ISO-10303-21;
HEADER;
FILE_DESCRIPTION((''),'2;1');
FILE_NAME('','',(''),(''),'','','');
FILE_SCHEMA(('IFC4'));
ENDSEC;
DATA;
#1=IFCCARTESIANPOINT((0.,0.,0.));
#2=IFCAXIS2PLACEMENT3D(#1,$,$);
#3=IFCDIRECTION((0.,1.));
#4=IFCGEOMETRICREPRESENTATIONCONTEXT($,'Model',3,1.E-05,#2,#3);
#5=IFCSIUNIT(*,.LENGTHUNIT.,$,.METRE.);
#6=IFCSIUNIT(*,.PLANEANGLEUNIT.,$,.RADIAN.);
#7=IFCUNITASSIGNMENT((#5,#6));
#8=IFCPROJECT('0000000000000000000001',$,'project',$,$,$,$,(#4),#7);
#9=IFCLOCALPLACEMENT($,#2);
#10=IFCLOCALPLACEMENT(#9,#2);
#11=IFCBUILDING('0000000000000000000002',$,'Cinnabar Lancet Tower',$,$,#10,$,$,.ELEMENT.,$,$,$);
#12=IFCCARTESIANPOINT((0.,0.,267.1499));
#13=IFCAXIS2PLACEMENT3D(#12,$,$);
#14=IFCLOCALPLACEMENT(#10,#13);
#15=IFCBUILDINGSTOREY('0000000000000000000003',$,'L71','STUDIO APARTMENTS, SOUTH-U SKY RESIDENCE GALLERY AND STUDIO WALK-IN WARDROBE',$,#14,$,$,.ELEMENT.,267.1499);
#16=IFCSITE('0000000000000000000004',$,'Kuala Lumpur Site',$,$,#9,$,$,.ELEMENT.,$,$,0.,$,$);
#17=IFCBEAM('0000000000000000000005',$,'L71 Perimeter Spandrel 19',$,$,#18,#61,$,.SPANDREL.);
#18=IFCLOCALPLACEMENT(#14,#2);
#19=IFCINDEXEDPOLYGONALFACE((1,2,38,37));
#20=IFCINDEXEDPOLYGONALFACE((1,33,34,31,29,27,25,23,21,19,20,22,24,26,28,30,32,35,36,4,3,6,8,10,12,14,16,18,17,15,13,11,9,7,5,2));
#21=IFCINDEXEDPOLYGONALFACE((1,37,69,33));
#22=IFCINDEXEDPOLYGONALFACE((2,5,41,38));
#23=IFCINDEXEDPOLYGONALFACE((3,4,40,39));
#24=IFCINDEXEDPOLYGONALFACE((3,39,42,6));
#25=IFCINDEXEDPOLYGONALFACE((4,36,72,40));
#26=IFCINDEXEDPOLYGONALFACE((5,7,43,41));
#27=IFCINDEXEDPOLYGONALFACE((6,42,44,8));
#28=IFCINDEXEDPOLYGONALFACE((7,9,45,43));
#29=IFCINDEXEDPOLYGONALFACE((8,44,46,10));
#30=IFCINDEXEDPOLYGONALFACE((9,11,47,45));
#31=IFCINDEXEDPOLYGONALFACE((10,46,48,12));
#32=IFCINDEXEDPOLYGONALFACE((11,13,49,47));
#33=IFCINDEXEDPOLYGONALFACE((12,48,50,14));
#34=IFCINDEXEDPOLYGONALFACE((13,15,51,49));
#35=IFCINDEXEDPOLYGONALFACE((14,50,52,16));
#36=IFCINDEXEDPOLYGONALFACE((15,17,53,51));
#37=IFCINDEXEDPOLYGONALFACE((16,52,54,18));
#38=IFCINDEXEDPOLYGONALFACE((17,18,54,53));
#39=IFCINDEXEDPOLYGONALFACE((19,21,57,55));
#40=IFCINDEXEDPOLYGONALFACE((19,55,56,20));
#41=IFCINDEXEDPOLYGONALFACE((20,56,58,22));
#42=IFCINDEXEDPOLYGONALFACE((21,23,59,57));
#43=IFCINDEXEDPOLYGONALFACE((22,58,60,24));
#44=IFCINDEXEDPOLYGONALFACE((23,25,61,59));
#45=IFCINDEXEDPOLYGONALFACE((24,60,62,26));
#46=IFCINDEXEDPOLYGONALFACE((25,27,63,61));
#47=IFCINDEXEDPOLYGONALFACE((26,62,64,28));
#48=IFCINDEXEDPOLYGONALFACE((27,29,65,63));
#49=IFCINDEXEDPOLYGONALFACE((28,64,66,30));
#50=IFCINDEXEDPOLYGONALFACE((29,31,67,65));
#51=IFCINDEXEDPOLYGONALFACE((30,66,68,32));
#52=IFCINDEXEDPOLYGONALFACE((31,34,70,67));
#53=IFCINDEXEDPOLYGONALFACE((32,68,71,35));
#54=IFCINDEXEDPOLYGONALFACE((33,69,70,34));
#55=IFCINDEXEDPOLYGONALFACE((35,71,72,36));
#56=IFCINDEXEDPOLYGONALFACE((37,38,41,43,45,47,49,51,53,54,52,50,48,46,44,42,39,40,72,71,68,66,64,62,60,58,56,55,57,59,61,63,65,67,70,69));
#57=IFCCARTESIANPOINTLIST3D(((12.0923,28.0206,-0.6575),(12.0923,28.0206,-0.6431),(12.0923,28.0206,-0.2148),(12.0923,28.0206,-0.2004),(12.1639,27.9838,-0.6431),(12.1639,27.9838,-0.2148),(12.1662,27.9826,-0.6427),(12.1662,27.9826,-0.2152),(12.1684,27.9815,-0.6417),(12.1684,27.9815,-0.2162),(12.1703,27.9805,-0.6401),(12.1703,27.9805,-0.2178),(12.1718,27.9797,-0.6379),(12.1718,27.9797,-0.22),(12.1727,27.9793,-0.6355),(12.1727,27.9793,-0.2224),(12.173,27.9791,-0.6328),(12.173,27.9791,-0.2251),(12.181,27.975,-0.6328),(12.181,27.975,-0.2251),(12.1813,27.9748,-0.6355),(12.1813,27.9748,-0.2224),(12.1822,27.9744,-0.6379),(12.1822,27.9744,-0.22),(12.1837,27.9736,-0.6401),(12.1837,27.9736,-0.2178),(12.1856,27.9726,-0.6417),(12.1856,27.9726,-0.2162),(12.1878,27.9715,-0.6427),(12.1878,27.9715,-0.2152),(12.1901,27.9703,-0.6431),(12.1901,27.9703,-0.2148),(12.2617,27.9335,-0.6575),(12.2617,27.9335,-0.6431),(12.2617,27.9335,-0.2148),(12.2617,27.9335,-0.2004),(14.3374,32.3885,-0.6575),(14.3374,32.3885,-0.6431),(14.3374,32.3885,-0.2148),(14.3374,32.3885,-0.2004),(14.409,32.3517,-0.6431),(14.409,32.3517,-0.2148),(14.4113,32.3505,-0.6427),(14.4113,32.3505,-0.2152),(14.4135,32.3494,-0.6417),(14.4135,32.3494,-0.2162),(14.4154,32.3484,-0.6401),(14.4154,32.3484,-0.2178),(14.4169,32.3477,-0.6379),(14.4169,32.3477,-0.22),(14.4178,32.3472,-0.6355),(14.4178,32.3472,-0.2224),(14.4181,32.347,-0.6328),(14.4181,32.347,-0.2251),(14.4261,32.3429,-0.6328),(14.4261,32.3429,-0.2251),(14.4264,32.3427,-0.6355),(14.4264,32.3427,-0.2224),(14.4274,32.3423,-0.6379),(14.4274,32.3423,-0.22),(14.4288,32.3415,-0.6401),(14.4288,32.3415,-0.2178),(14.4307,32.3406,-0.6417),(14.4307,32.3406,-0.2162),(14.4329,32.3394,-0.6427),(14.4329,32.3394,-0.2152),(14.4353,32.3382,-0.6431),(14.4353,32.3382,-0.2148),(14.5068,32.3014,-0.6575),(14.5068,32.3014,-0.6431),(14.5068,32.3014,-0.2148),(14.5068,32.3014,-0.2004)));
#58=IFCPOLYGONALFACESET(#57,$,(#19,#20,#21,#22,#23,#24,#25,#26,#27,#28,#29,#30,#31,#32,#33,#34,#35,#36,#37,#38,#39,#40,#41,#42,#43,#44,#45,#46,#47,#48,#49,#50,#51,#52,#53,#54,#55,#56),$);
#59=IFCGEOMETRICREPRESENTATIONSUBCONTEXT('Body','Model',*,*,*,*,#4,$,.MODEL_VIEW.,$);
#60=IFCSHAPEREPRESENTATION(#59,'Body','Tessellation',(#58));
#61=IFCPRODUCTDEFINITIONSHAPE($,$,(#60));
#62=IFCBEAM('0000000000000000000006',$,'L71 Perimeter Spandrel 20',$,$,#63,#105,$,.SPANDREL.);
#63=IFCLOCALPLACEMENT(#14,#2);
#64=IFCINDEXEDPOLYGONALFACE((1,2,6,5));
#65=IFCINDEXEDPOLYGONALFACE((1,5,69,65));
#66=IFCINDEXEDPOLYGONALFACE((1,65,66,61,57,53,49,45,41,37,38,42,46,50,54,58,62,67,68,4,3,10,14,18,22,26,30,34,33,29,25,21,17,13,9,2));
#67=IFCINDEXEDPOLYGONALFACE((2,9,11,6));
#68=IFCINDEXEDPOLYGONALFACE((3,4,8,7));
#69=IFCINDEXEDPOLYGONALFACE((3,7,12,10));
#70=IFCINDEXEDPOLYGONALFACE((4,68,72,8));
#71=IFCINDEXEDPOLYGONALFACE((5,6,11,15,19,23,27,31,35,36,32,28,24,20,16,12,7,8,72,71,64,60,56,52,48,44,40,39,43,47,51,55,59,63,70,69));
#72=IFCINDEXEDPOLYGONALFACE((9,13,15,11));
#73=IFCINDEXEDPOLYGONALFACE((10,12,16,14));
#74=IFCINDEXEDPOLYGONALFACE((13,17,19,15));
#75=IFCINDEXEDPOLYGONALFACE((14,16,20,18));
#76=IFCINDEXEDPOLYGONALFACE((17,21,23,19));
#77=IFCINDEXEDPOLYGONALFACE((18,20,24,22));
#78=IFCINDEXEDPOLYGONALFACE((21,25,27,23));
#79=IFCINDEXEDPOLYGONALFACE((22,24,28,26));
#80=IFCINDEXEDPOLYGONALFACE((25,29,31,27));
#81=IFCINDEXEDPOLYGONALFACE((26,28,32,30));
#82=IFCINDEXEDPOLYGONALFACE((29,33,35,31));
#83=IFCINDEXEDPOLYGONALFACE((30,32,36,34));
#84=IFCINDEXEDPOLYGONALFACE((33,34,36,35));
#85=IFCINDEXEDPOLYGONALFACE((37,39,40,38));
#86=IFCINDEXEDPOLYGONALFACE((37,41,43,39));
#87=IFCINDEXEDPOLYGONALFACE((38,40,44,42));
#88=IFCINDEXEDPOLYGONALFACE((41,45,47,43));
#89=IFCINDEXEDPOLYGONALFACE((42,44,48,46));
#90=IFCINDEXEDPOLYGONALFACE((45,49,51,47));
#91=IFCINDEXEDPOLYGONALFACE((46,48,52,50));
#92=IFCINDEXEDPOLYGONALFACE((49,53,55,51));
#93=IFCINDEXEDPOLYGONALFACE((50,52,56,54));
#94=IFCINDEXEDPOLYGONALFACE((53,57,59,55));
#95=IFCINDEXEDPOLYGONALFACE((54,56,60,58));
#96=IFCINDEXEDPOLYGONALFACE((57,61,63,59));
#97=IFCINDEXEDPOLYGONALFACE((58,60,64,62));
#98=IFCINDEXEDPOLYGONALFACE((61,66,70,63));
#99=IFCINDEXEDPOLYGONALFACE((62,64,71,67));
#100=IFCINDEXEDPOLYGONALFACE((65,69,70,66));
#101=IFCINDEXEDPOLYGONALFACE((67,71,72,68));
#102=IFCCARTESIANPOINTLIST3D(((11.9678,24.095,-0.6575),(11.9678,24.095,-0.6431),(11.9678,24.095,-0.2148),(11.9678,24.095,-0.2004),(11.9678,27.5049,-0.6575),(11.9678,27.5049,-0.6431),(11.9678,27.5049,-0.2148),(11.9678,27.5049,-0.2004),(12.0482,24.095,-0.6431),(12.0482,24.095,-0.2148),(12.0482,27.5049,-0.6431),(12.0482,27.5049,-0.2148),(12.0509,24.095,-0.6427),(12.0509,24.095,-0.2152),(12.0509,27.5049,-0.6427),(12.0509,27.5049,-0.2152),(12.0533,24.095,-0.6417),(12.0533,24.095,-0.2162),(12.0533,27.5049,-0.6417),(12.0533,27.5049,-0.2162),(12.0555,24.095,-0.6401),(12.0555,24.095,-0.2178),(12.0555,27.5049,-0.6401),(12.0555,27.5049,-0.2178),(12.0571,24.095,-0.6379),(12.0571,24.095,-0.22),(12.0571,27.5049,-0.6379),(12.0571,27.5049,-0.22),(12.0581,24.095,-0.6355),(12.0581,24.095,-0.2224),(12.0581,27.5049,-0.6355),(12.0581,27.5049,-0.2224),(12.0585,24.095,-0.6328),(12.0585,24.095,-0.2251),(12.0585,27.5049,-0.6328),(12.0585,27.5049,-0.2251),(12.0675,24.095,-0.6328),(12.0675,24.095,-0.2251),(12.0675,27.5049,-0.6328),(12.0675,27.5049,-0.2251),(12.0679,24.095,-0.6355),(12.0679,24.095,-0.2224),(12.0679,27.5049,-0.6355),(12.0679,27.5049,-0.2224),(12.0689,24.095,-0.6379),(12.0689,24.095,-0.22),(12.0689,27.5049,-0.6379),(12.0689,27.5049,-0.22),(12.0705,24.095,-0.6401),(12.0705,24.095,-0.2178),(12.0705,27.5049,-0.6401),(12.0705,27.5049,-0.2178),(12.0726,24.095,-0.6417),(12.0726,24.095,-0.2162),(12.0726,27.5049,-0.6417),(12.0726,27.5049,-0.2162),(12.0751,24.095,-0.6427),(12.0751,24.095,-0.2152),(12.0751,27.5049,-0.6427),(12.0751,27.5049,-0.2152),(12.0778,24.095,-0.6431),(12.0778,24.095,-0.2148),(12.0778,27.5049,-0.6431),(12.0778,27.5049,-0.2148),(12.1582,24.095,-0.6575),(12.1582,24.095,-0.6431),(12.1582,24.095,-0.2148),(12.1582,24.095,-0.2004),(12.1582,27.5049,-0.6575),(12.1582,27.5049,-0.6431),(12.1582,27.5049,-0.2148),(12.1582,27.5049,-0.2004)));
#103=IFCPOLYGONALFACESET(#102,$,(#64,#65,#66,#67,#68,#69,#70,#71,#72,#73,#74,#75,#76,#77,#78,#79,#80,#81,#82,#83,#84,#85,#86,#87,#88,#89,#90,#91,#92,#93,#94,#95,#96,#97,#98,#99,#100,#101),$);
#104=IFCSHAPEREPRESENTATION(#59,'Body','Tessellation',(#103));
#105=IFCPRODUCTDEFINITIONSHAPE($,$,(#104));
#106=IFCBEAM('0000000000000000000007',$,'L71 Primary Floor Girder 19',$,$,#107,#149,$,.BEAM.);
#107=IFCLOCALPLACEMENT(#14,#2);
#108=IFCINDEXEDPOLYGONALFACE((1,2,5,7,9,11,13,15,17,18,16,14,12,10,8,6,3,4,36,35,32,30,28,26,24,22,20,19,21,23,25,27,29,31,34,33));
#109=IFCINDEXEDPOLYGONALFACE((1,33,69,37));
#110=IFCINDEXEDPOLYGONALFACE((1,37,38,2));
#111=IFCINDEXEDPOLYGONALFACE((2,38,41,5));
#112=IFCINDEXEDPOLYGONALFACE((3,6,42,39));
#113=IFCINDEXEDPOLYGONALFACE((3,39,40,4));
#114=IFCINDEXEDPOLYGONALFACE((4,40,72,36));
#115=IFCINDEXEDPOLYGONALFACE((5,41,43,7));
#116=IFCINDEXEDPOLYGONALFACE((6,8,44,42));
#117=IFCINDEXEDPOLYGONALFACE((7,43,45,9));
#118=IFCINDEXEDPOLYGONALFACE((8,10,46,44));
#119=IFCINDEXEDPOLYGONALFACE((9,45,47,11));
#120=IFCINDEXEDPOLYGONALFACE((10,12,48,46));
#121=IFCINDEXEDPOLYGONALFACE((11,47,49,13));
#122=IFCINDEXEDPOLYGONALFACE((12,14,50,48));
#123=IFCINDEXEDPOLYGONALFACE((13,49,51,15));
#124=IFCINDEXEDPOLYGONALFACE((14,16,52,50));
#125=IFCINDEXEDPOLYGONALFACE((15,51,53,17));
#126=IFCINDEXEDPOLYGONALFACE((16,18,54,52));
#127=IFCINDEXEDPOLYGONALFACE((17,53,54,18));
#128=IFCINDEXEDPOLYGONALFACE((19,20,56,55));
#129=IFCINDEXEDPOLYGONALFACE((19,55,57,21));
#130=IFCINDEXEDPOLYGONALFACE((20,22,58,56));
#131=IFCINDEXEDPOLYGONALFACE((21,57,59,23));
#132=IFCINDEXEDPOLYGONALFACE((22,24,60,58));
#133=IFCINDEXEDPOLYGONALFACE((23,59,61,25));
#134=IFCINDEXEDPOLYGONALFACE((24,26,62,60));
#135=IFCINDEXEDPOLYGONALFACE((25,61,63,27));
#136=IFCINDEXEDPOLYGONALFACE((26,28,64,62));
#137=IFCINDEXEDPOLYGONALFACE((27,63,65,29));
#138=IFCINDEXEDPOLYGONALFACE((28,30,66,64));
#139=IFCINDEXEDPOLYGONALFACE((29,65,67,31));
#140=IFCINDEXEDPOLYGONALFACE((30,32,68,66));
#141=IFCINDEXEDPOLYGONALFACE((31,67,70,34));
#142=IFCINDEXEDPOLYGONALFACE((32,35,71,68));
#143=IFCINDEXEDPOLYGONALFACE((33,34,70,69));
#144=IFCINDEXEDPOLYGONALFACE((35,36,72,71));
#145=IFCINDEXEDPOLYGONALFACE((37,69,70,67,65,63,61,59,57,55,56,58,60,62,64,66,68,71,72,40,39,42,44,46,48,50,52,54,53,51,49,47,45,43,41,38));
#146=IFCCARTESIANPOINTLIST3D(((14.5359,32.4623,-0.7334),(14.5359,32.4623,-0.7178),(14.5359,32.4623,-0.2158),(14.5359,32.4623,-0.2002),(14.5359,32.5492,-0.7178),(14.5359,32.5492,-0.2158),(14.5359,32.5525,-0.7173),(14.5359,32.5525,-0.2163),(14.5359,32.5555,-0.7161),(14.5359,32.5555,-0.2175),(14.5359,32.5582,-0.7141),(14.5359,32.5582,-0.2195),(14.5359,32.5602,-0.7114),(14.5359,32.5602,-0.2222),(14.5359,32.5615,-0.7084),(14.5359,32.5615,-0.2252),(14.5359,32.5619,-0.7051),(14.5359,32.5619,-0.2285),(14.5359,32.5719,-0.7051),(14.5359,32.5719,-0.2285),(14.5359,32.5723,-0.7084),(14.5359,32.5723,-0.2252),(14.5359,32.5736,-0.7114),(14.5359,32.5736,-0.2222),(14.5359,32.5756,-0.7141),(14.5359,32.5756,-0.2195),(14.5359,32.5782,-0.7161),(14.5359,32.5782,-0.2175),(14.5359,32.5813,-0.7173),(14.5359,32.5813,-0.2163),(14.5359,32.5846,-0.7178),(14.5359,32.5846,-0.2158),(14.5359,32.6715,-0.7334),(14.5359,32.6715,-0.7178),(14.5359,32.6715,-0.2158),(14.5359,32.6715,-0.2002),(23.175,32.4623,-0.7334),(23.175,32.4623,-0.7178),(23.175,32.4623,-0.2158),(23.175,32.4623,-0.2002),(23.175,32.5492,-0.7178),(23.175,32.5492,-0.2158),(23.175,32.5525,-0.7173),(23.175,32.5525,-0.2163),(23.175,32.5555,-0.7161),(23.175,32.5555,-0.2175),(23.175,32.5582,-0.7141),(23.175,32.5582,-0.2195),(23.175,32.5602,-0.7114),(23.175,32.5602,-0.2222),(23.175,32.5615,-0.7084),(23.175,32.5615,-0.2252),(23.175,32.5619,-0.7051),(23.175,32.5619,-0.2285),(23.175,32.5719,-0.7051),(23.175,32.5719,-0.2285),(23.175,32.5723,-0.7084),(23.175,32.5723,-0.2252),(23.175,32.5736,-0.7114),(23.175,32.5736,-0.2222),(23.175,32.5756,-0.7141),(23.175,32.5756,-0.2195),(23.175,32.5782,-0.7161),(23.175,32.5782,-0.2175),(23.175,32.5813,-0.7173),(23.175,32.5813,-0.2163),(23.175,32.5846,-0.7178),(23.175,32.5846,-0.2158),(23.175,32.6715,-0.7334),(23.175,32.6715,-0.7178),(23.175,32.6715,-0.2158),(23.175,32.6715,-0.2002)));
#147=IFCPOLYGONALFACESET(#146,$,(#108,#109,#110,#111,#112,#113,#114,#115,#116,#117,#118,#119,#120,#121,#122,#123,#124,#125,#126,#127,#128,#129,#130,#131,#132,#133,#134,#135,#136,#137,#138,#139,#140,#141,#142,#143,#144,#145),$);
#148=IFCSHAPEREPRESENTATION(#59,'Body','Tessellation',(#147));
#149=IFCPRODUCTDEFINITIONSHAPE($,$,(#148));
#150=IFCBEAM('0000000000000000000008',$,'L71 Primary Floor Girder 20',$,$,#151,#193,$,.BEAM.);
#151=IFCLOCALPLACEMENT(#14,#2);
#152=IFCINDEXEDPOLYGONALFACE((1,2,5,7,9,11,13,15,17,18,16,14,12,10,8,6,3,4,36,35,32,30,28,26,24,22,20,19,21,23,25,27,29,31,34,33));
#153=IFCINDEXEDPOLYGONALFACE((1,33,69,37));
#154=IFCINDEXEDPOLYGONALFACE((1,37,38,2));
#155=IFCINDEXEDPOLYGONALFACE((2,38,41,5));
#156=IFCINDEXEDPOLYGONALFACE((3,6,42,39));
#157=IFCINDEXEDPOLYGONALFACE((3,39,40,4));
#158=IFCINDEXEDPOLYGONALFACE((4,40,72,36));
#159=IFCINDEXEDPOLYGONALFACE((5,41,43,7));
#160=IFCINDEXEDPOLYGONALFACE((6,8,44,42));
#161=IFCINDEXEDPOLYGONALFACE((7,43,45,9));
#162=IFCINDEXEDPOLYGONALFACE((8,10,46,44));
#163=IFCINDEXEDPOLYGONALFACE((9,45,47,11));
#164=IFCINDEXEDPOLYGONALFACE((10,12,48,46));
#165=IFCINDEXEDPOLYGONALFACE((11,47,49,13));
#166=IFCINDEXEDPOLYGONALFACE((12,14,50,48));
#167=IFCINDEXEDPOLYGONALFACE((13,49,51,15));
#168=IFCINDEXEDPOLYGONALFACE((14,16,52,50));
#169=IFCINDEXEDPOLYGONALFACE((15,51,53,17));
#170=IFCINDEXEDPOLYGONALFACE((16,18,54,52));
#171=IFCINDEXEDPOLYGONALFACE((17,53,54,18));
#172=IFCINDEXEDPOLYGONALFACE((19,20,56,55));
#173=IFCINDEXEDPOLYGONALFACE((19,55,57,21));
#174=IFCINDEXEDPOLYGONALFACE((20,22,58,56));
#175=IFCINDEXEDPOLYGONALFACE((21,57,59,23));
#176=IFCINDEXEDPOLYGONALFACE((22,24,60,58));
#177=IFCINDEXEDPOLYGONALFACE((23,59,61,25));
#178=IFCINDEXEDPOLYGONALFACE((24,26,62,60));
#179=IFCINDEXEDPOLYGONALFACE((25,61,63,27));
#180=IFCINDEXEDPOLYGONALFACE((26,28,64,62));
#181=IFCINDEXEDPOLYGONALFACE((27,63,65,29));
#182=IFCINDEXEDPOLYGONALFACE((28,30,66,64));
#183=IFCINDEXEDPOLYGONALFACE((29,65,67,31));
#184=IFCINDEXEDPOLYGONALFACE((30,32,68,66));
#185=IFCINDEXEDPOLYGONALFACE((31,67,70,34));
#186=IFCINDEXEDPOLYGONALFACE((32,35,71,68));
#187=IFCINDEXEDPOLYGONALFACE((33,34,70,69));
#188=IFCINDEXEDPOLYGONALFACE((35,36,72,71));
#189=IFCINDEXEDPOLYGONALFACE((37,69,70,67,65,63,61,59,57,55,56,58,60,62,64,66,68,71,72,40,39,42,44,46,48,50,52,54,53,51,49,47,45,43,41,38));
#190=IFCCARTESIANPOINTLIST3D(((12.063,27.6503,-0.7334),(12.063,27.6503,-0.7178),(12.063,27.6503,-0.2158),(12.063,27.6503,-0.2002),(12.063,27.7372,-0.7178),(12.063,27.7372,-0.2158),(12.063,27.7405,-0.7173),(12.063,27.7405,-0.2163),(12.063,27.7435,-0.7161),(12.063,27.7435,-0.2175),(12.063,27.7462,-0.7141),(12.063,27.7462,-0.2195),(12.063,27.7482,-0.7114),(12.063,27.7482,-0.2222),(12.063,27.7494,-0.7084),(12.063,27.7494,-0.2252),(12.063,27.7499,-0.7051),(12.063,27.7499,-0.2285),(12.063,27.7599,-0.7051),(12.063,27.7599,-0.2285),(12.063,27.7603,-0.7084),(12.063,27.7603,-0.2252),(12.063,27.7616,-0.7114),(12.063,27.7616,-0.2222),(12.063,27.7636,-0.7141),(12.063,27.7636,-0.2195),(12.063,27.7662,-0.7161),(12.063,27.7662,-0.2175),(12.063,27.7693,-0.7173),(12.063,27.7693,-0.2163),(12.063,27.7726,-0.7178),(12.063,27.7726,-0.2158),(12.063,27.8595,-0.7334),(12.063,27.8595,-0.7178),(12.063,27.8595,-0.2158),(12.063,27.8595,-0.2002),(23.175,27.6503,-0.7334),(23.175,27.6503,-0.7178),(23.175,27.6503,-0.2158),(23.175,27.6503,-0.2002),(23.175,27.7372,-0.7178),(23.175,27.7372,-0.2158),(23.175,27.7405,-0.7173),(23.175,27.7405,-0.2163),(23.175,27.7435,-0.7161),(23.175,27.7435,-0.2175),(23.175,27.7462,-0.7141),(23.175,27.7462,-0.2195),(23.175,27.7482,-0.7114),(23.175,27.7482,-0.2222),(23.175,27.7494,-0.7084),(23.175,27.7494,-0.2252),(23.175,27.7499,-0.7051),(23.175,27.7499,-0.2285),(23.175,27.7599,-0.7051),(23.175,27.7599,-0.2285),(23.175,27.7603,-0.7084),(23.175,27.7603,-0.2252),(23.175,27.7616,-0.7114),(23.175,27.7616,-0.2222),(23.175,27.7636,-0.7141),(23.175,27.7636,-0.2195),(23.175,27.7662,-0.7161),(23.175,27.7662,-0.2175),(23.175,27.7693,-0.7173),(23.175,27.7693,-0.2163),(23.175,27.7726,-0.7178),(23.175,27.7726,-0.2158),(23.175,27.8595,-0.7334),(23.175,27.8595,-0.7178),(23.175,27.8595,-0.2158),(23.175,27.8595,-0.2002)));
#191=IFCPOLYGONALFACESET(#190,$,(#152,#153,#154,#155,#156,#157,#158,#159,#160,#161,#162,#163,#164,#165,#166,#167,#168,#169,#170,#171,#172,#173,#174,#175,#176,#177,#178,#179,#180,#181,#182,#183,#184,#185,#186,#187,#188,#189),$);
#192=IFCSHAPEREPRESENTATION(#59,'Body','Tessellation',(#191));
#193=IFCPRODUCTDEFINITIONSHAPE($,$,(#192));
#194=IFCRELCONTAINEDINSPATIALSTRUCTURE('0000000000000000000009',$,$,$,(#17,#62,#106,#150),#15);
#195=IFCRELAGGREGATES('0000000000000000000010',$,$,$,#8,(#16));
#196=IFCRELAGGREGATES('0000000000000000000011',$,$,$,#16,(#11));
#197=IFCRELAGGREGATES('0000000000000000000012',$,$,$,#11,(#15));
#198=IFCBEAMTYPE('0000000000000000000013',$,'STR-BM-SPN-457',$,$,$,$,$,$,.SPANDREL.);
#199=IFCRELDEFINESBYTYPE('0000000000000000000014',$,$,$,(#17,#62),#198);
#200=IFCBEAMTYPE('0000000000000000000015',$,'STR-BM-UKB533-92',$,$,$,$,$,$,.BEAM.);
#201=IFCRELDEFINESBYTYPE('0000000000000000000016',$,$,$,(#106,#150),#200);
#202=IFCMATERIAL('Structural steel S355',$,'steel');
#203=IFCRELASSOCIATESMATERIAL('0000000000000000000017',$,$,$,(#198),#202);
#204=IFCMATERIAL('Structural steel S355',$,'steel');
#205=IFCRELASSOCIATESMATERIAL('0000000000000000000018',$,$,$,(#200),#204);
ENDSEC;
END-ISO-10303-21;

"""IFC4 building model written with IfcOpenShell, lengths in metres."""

from ifc_helpers import new_model, si_unit, direction, frame, origin, origin_2d, place, context, subcontext, project, spatial, i_section, extrude, material, material_profile, profile_set, type_object, element, save


model = new_model("IFC4")

# Units and contexts
model_context = context("Model", 3, precision=1e-05, world=origin(), true_north=direction((0.0, 1.0)))
body_context = subcontext(model_context, "Body", "Model", "MODEL_VIEW")
ifc_project = project(units=[si_unit("LENGTHUNIT", "METRE"), si_unit("PLANEANGLEUNIT", "RADIAN")], contexts=[model_context])

# Site, building, storey
site_placement = place(None, origin())
site = spatial("IfcSite", under=ifc_project, at=site_placement, Name="Kuala Lumpur Site", CompositionType="ELEMENT", RefElevation=0.0)
building_placement = place(site_placement, origin())
building = spatial("IfcBuilding", under=site, at=building_placement, Name="Cinnabar Lancet Tower", CompositionType="ELEMENT")
storey_placement = place(building_placement, frame((0.0, 0.0, 267.1499)))
storey = spatial("IfcBuildingStorey", under=building, at=storey_placement, Name="L71", Description="STUDIO APARTMENTS, SOUTH-U SKY RESIDENCE GALLERY AND STUDIO WALK-IN WARDROBE", CompositionType="ELEMENT", Elevation=267.1499)

# Beams
ifc_material_1 = material(Name="Structural steel S355", Category="steel")
ifc_material_profile_1 = material_profile(ifc_material_1, i_section(OverallWidth=0.1904, OverallDepth=0.457, WebThickness=0.009, FlangeThickness=0.0144, FilletRadius=0.0103, at=origin_2d()), Name="UKB 457x191x74")
ifc_profile_set_1 = profile_set([ifc_material_profile_1], Name="Structural steel S355")
beam_type_1 = type_object("IfcBeamType", Name="STR-BM-SPN-457", PredefinedType="SPANDREL", material=ifc_profile_set_1)
beam_1_placement = place(storey_placement, frame((14.4221, 32.345, -0.429), z_axis=(-0.457148, -0.889391, 0.0), x_axis=(0.889391, -0.457148, 0.0)))
element("IfcBeam", 1, at=beam_1_placement, inside=storey, type_object=beam_type_1, Name="L71 Perimeter Spandrel 19", PredefinedType="SPANDREL", context=body_context, shape_type="SweptSolid", body=[
    extrude(i_section(OverallWidth=0.1904, OverallDepth=0.457, WebThickness=0.009, FlangeThickness=0.0144, FilletRadius=0.0103, at=origin_2d()), origin(), (0.0, 0.0, 1.0), 4.9111),
])
beam_2_placement = place(storey_placement, frame((12.063, 27.5049, -0.429), z_axis=(0.0, -1.0, 0.0), x_axis=(1.0, 0.0, 0.0)))
element("IfcBeam", 2, at=beam_2_placement, inside=storey, type_object=beam_type_1, Name="L71 Perimeter Spandrel 20", PredefinedType="SPANDREL", context=body_context, shape_type="SweptSolid", body=[
    extrude(i_section(OverallWidth=0.1904, OverallDepth=0.457, WebThickness=0.009, FlangeThickness=0.0144, FilletRadius=0.0103, at=origin_2d()), origin(), (0.0, 0.0, 1.0), 3.4099),
])
ifc_material_2 = material(Name="Structural steel S355", Category="steel")
ifc_material_profile_2 = material_profile(ifc_material_2, i_section(OverallWidth=0.2092, OverallDepth=0.5332, WebThickness=0.01, FlangeThickness=0.0156, FilletRadius=0.0127, at=origin_2d()), Name="UKB 533x210x92")
ifc_profile_set_2 = profile_set([ifc_material_profile_2], Name="Structural steel S355")
beam_type_2 = type_object("IfcBeamType", Name="STR-BM-UKB533-92", PredefinedType="BEAM", material=ifc_profile_set_2)
beam_3_placement = place(storey_placement, frame((14.5359, 32.5669, -0.4668), z_axis=(1.0, 0.0, 0.0), x_axis=(0.0, 1.0, 0.0)))
element("IfcBeam", 3, at=beam_3_placement, inside=storey, type_object=beam_type_2, Name="L71 Primary Floor Girder 19", PredefinedType="BEAM", context=body_context, shape_type="SweptSolid", body=[
    extrude(i_section(OverallWidth=0.2092, OverallDepth=0.5332, WebThickness=0.01, FlangeThickness=0.0156, FilletRadius=0.0127, at=origin_2d()), origin(), (0.0, 0.0, 1.0), 8.6392),
])
for number, where, z_axis, x_axis, name in (
    (4, (12.063, 27.7549, -0.4668), (1.0, 0.0, 0.0), (0.0, 1.0, 0.0), "L71 Primary Floor Girder 20"),
):
    element("IfcBeam", number, at=place(storey_placement, frame(where, z_axis=z_axis, x_axis=x_axis)), inside=storey, type_object=beam_type_2, Name=name, PredefinedType="BEAM", context=body_context, shape_type="SweptSolid", body=[
        extrude(i_section(OverallWidth=0.2092, OverallDepth=0.5332, WebThickness=0.01, FlangeThickness=0.0156, FilletRadius=0.0127, at=origin_2d()), origin(), (0.0, 0.0, 1.0), 11.1121),
    ])

save(model, "model.ifc")
